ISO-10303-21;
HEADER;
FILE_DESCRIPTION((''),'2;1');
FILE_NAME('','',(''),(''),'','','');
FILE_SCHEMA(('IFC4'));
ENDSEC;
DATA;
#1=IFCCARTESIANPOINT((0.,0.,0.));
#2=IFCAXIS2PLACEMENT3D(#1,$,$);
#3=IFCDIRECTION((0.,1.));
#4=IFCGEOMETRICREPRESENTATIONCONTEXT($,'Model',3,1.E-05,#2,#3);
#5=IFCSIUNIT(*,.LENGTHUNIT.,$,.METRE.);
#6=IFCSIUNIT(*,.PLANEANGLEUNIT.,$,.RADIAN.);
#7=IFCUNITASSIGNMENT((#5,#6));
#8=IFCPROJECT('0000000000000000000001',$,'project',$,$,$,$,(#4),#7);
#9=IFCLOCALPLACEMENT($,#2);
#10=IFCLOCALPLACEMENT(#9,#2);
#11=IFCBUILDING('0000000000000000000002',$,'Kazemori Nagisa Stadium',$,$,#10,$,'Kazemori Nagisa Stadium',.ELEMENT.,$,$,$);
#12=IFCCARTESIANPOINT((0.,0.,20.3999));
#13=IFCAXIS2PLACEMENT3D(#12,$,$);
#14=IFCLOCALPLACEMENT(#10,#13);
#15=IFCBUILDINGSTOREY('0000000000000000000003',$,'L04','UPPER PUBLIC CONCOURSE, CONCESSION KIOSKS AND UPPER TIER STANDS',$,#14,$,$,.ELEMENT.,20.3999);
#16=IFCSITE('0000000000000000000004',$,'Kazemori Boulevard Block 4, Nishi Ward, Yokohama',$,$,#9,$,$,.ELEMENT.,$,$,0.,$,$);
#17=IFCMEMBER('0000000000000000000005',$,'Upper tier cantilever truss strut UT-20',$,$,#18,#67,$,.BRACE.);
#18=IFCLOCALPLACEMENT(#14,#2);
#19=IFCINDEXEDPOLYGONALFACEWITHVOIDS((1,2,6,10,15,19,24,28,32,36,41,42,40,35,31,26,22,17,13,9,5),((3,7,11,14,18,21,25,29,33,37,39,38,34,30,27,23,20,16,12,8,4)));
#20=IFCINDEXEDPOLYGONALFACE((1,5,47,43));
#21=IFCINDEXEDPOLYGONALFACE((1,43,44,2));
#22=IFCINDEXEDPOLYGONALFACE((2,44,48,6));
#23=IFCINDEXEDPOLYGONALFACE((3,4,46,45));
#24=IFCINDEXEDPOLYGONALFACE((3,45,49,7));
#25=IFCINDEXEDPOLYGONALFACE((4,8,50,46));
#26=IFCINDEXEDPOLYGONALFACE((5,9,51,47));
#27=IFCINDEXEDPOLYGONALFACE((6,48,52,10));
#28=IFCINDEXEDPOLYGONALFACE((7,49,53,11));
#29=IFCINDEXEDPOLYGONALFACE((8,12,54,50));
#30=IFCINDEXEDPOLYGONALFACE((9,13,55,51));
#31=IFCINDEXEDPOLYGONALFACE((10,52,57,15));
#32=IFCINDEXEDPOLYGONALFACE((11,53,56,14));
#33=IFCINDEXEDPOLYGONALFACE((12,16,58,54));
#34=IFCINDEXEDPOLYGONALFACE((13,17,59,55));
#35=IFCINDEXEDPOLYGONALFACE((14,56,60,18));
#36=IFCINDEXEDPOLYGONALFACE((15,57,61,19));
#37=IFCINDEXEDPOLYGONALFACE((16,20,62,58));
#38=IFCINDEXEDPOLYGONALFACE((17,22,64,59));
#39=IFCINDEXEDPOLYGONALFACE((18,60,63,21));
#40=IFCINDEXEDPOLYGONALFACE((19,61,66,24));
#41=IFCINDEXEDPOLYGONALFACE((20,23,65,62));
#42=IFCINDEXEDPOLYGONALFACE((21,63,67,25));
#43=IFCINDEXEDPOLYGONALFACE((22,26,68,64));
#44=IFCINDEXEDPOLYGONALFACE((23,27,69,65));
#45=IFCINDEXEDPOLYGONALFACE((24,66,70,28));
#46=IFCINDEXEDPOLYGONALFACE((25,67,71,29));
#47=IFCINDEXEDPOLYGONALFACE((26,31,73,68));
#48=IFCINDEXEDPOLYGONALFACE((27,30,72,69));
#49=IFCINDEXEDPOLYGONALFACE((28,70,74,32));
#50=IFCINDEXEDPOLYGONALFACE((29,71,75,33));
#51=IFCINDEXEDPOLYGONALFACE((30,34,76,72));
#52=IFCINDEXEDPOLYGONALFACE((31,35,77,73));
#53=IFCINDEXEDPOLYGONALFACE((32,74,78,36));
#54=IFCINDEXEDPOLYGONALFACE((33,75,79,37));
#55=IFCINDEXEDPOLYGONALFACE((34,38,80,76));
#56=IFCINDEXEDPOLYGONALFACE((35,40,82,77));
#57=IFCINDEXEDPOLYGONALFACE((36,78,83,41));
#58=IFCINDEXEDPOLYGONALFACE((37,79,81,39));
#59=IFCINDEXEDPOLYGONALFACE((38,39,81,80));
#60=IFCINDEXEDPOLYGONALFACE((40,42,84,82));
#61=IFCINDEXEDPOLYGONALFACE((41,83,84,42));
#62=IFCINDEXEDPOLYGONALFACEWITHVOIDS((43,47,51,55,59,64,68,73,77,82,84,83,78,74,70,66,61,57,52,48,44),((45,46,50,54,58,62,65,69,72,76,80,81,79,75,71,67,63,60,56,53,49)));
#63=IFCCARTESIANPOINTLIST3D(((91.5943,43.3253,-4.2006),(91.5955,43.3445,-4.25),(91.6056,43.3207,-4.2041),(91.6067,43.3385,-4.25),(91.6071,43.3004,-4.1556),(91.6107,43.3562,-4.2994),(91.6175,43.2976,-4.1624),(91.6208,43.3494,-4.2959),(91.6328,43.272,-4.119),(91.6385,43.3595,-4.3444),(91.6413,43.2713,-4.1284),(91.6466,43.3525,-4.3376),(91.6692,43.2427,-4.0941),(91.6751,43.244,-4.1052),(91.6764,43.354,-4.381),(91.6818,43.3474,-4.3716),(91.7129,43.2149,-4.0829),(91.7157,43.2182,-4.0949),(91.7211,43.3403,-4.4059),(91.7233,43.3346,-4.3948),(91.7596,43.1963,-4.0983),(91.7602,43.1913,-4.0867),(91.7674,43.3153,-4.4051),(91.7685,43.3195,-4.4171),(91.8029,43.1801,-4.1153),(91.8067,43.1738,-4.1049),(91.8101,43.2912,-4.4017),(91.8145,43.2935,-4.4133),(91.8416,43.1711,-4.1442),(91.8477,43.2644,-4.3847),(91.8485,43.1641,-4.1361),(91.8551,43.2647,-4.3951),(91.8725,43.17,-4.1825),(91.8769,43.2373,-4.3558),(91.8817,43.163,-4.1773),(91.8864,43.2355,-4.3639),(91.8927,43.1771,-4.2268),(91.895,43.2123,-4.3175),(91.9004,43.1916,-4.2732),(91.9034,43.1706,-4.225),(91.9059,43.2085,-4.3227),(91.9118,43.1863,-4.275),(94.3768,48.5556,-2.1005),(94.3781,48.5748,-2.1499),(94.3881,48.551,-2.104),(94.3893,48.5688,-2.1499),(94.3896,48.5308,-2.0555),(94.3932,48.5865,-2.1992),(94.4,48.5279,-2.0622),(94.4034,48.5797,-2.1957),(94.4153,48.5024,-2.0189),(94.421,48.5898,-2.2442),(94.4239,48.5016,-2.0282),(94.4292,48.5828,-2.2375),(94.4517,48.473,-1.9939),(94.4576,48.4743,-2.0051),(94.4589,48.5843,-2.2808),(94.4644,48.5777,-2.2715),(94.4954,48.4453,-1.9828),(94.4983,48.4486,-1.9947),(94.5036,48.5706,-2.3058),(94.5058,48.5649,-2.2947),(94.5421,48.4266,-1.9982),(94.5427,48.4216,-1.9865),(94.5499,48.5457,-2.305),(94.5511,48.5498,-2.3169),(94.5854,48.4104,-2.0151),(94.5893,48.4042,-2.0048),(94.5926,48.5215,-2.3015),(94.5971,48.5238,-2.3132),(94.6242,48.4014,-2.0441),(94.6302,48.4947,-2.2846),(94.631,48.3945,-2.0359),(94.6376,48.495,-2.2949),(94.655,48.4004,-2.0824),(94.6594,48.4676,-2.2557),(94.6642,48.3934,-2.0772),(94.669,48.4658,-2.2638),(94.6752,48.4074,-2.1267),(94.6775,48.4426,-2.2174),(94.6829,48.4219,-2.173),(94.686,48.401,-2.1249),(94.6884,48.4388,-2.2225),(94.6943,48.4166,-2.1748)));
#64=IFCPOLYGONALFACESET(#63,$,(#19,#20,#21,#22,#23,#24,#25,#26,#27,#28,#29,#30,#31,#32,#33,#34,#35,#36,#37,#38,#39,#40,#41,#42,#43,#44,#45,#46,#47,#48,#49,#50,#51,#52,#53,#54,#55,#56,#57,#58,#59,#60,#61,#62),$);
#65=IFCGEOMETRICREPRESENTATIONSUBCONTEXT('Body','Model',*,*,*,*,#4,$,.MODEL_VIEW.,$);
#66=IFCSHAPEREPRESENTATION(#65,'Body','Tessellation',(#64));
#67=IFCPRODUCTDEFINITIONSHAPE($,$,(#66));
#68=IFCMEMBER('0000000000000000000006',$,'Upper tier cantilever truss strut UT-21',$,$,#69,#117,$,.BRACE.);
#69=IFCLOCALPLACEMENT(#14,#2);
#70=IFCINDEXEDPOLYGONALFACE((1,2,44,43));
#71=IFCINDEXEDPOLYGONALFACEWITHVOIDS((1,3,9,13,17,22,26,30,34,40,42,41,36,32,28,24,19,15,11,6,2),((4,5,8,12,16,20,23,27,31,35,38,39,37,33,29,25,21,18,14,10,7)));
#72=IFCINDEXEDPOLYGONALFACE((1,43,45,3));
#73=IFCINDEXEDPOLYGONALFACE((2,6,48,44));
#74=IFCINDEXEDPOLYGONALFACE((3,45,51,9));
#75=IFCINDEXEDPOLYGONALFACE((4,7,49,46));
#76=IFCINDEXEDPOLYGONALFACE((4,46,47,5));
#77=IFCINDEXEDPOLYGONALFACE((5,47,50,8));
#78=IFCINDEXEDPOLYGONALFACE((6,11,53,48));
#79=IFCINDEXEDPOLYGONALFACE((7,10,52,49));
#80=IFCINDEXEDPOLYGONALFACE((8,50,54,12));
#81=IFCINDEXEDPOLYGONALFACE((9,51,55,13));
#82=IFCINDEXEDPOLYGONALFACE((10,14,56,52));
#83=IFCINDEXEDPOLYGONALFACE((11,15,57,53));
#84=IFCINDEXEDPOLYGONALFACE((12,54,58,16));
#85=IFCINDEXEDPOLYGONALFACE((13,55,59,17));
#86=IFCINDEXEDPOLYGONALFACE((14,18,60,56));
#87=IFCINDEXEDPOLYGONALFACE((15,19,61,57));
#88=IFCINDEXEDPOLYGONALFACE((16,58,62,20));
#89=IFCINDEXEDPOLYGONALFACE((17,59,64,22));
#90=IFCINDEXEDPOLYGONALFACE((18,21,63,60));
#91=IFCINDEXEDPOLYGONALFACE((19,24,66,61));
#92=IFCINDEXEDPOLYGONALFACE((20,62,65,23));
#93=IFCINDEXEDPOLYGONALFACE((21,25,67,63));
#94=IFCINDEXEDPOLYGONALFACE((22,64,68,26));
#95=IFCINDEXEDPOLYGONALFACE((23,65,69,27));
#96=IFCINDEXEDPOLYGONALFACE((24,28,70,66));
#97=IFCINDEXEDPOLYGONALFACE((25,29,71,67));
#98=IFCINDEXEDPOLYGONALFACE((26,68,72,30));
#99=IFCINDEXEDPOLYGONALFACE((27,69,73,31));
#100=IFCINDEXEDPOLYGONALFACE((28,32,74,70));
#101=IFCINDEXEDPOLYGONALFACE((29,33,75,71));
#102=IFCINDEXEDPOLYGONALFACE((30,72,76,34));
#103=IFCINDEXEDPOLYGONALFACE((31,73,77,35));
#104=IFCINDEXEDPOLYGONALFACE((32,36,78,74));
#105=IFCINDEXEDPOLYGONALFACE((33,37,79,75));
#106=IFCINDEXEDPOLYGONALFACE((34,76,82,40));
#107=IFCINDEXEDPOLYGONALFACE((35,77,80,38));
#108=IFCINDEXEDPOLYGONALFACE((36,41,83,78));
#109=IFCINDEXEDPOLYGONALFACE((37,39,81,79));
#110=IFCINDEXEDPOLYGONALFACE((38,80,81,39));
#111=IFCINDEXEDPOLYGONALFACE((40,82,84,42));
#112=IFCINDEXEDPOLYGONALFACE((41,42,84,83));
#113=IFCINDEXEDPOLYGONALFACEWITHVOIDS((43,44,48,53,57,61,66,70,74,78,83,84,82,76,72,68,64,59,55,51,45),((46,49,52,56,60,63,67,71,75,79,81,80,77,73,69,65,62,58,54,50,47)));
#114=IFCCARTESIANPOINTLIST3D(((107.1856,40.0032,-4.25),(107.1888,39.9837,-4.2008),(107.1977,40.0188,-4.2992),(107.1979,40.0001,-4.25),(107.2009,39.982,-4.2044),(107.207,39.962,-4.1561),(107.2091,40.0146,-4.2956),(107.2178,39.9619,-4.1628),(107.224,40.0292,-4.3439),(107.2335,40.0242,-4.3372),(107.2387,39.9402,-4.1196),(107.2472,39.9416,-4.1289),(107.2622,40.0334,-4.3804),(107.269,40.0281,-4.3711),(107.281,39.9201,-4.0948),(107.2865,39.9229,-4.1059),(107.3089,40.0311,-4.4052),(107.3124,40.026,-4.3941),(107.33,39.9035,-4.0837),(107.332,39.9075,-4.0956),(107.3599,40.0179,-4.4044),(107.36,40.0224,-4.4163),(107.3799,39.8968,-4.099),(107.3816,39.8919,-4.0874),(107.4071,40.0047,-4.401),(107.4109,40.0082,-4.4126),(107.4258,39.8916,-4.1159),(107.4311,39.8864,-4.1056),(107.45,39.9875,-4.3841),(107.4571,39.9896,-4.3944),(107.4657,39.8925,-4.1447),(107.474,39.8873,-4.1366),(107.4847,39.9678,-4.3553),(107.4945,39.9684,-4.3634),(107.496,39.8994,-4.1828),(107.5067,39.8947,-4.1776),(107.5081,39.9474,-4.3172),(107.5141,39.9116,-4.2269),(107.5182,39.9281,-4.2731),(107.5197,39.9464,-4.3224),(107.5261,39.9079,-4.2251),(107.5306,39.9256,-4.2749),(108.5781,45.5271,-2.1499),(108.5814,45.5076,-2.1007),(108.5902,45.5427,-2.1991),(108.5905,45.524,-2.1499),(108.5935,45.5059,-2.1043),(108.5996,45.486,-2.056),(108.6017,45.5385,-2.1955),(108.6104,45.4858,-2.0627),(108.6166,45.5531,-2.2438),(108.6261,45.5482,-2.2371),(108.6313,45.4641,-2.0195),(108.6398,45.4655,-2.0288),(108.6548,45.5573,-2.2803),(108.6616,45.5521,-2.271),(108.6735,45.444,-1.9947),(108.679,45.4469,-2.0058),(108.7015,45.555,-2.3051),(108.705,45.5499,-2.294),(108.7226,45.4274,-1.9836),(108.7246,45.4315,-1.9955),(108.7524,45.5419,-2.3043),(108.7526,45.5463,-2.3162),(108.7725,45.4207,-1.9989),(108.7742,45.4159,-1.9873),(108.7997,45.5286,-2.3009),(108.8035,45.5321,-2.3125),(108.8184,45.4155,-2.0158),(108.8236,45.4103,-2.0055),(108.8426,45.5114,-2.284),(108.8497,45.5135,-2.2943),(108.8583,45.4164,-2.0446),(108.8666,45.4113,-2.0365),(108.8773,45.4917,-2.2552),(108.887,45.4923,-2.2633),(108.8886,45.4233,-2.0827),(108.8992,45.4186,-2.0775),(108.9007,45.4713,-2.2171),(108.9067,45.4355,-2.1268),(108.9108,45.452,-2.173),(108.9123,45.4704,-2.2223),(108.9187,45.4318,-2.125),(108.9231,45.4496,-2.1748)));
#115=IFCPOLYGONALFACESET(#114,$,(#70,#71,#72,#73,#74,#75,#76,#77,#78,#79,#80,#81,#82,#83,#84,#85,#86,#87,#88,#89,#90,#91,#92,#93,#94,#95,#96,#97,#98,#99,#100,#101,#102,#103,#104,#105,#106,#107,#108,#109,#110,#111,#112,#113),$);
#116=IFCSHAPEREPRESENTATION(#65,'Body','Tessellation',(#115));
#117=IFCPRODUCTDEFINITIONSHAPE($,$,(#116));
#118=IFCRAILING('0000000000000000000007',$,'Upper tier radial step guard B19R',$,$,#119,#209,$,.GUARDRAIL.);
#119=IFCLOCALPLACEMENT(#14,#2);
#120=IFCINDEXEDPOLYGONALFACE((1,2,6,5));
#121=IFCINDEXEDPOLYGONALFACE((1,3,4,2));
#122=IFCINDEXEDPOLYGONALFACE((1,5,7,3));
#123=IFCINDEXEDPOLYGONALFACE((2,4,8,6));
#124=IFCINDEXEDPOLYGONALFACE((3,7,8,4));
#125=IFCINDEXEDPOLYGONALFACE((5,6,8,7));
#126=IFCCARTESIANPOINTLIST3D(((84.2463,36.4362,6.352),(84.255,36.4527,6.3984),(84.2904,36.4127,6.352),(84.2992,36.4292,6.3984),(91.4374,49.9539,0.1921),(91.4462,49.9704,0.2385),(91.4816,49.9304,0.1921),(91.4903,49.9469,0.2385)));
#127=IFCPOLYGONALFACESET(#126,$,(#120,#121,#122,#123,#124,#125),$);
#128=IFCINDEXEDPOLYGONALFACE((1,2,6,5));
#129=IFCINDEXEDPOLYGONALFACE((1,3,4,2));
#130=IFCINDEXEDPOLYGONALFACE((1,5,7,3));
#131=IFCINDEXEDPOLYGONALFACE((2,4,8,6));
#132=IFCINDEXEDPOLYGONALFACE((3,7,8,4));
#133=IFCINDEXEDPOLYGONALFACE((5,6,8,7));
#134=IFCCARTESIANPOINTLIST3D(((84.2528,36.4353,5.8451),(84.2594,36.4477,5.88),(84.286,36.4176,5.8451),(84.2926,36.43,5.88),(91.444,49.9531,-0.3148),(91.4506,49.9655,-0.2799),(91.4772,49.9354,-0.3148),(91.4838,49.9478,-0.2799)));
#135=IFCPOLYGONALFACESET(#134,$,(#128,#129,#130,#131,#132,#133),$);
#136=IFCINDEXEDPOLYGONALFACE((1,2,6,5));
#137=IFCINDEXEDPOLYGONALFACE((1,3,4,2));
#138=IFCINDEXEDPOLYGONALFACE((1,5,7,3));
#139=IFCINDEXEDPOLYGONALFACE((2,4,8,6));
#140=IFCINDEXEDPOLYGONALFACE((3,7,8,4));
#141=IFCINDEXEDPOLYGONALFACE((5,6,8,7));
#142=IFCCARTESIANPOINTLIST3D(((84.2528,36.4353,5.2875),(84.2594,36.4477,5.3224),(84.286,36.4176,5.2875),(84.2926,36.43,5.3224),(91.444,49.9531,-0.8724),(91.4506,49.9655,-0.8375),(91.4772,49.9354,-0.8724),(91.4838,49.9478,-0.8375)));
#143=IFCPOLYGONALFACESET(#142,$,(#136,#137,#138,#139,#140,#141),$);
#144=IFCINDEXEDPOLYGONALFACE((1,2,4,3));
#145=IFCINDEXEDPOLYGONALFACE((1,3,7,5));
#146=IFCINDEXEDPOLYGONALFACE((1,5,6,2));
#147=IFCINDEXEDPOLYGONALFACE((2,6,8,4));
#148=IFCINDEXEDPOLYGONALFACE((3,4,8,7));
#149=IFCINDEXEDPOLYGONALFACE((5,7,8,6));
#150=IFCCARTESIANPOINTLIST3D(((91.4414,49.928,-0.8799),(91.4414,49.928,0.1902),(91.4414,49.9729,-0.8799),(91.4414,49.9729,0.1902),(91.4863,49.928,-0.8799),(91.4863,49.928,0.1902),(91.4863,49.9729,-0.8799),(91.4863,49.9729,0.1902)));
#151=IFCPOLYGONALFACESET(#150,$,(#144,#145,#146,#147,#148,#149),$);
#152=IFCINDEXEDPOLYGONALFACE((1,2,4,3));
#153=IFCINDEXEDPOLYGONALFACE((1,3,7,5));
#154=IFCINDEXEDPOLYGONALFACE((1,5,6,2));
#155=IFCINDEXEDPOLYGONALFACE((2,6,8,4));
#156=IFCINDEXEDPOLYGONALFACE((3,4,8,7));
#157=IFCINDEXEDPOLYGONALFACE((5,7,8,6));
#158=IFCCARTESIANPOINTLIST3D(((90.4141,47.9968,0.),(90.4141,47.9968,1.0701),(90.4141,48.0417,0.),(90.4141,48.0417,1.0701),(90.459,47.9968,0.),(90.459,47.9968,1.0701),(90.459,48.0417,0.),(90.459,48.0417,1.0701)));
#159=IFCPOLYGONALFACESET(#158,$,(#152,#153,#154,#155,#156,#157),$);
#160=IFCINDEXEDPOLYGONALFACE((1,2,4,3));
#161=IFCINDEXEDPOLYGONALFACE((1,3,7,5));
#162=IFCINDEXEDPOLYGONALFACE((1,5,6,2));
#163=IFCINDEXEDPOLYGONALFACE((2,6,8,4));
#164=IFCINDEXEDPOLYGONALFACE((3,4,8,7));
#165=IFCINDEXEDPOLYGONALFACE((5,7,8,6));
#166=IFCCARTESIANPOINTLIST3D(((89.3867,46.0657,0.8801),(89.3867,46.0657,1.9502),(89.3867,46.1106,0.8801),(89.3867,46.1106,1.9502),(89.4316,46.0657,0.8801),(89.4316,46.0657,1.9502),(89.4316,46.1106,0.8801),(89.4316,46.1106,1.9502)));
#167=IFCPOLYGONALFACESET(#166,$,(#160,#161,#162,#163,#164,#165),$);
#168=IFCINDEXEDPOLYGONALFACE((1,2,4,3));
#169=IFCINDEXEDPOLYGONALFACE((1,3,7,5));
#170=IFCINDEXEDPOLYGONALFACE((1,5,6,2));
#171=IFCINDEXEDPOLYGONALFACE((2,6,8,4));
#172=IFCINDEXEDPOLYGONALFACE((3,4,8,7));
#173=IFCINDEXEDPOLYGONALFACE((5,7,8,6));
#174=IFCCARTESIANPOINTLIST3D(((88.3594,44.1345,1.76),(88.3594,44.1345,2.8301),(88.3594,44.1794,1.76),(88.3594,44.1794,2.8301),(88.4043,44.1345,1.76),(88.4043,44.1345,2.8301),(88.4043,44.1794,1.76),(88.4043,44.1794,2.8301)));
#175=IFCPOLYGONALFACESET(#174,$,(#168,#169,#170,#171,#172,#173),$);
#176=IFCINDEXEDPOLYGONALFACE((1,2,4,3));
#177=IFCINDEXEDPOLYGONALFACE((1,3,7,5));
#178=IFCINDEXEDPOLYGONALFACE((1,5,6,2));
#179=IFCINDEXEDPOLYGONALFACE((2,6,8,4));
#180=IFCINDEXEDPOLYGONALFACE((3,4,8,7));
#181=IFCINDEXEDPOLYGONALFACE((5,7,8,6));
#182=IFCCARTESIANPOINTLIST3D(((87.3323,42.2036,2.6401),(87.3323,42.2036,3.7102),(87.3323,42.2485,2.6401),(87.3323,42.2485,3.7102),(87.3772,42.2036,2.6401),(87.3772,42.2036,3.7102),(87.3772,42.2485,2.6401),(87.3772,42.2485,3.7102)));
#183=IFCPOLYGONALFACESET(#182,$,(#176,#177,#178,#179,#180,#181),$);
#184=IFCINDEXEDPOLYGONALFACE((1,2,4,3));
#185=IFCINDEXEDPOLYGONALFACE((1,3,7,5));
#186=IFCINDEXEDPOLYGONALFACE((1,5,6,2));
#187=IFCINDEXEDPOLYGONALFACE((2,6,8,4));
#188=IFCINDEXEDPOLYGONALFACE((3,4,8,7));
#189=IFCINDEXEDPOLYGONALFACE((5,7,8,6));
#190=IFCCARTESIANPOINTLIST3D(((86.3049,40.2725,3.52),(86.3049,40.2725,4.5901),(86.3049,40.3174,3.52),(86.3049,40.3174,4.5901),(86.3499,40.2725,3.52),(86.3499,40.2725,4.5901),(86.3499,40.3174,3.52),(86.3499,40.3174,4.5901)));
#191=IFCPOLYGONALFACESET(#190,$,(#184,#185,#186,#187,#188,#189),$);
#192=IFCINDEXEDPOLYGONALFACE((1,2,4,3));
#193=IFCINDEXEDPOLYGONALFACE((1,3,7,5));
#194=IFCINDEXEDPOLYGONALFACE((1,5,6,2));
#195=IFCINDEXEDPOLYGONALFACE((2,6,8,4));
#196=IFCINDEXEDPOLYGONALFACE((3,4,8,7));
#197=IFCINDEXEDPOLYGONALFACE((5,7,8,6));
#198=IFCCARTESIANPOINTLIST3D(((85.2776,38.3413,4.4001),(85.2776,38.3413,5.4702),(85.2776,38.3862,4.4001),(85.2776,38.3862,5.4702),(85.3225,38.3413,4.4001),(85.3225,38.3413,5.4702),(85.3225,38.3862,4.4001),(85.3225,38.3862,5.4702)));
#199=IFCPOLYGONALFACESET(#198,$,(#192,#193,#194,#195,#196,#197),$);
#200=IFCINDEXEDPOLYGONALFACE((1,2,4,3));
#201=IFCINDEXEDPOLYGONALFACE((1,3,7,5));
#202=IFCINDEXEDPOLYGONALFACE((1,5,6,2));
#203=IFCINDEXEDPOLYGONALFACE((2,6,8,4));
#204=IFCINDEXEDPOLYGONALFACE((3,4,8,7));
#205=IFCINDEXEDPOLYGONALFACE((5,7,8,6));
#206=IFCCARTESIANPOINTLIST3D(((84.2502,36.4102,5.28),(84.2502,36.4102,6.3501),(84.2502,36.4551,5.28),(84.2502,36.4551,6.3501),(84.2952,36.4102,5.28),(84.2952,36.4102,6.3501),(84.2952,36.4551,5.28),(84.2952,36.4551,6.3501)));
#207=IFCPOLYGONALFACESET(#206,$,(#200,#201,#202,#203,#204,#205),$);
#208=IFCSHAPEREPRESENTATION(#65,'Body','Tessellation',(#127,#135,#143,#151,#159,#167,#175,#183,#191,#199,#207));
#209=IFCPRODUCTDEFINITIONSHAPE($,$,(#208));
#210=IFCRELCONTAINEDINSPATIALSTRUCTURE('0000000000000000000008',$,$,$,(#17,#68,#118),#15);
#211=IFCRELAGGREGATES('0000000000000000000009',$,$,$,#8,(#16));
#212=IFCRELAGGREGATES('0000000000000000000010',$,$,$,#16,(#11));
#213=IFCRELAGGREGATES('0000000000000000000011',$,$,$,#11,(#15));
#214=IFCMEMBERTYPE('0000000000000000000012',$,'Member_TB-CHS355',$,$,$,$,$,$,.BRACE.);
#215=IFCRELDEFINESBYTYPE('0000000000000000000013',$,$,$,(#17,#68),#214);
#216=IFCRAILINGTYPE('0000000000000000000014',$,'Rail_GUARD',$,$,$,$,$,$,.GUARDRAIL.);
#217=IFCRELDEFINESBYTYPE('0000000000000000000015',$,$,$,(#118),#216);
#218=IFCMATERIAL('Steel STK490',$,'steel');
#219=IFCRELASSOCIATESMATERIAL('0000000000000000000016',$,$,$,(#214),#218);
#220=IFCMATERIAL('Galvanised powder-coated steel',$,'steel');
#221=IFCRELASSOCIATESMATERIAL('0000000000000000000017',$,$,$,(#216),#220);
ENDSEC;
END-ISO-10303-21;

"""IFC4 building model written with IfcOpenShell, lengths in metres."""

from ifc_helpers import new_model, si_unit, direction, frame, origin, origin_2d, place, context, subcontext, project, spatial, rectangle, hollow_circle, extrude, material, material_profile, profile_set, type_object, element, save


model = new_model("IFC4")

# Units and contexts
model_context = context("Model", 3, precision=1e-05, world=origin(), true_north=direction((0.0, 1.0)))
body_context = subcontext(model_context, "Body", "Model", "MODEL_VIEW")
ifc_project = project(units=[si_unit("LENGTHUNIT", "METRE"), si_unit("PLANEANGLEUNIT", "RADIAN")], contexts=[model_context])

# Site, building, storey
site_placement = place(None, origin())
site = spatial("IfcSite", under=ifc_project, at=site_placement, Name="Kazemori Boulevard Block 4, Nishi Ward, Yokohama", CompositionType="ELEMENT", RefElevation=0.0)
building_placement = place(site_placement, origin())
building = spatial("IfcBuilding", under=site, at=building_placement, Name="Kazemori Nagisa Stadium", LongName="Kazemori Nagisa Stadium", CompositionType="ELEMENT")
storey_placement = place(building_placement, frame((0.0, 0.0, 20.3999)))
storey = spatial("IfcBuildingStorey", under=building, at=storey_placement, Name="L04", Description="UPPER PUBLIC CONCOURSE, CONCESSION KIOSKS AND UPPER TIER STANDS", CompositionType="ELEMENT", Elevation=20.3999)

# Members
ifc_material_1 = material(Name="Steel STK490", Category="steel")
ifc_material_profile_1 = material_profile(ifc_material_1, hollow_circle(Radius=0.1777, WallThickness=0.0127, at=origin_2d()), Name="CHS-355.6x12.7")
ifc_profile_set_1 = profile_set([ifc_material_profile_1], Name="Steel STK490")
member_type = type_object("IfcMemberType", Name="Member_TB-CHS355", PredefinedType="BRACE", material=ifc_profile_set_1)
member_1_placement = place(storey_placement, frame((91.7524, 43.261, -4.25), z_axis=(0.442679, 0.832106, 0.334117), x_axis=(-0.882842, 0.46967, 0.0)))
element("IfcMember", 1, at=member_1_placement, inside=storey, type_object=member_type, Name="Upper tier cantilever truss strut UT-20", PredefinedType="BRACE", context=body_context, shape_type="SweptSolid", body=[
    extrude(hollow_circle(Radius=0.1777, WallThickness=0.0127, at=origin_2d()), origin(), (0.0, 0.0, 1.0), 6.2856),
])
member_2_placement = place(storey_placement, frame((107.3579, 39.9597, -4.25), z_axis=(0.229362, 0.909808, 0.345893), x_axis=(-0.969662, 0.244451, 0.0)))
element("IfcMember", 2, at=member_2_placement, inside=storey, type_object=member_type, Name="Upper tier cantilever truss strut UT-21", PredefinedType="BRACE", context=body_context, shape_type="SweptSolid", body=[
    extrude(hollow_circle(Radius=0.1777, WallThickness=0.0127, at=origin_2d()), origin(), (0.0, 0.0, 1.0), 6.0715),
])

# Railing
ifc_material_2 = material(Name="Galvanised powder-coated steel", Category="steel")
railing_type = type_object("IfcRailingType", Name="Rail_GUARD", PredefinedType="GUARDRAIL", material=ifc_material_2)
railing_1_placement = place(storey_placement, frame((91.4639, 49.9504, -0.8799)))
element("IfcRailing", 3, at=railing_1_placement, inside=storey, type_object=railing_type, Name="Upper tier radial step guard B19R", PredefinedType="GUARDRAIL", context=body_context, shape_type="SweptSolid", body=[
    extrude(rectangle(XDim=0.05, YDim=0.05, at=origin_2d()), frame((0.0, 0.0, 1.0952), z_axis=(-0.435717, -0.819053, 0.373233), x_axis=(0.88285, -0.469655, 0.0)), (0.0, 0.0, 1.0), 16.5042),
    extrude(rectangle(XDim=0.0376, YDim=0.0376, at=origin_2d()), frame((0.0, 0.0, 0.5825), z_axis=(-0.435717, -0.819053, 0.373233), x_axis=(0.88285, -0.469655, 0.0)), (0.0, 0.0, 1.0), 16.5042),
    extrude(rectangle(XDim=0.0376, YDim=0.0376, at=origin_2d()), frame((0.0, 0.0, 0.0249), z_axis=(-0.435717, -0.819053, 0.373233), x_axis=(0.88285, -0.469655, 0.0)), (0.0, 0.0, 1.0), 16.5042),
    extrude(rectangle(XDim=0.0449, YDim=0.0449, at=origin_2d()), origin(), (0.0, 0.0, 1.0), 1.0701),
    extrude(rectangle(XDim=0.0449, YDim=0.0449, at=origin_2d()), frame((-1.0273, -1.9312, 0.8799)), (0.0, 0.0, 1.0), 1.0701),
    extrude(rectangle(XDim=0.0449, YDim=0.0449, at=origin_2d()), frame((-2.0547, -3.8623, 1.76)), (0.0, 0.0, 1.0), 1.0701),
    extrude(rectangle(XDim=0.0449, YDim=0.0449, at=origin_2d()), frame((-3.082, -5.7935, 2.6399)), (0.0, 0.0, 1.0), 1.0701),
    extrude(rectangle(XDim=0.0449, YDim=0.0449, at=origin_2d()), frame((-4.1091, -7.7244, 3.52)), (0.0, 0.0, 1.0), 1.0701),
    extrude(rectangle(XDim=0.0449, YDim=0.0449, at=origin_2d()), frame((-5.1365, -9.6555, 4.3999)), (0.0, 0.0, 1.0), 1.0701),
    extrude(rectangle(XDim=0.0449, YDim=0.0449, at=origin_2d()), frame((-6.1638, -11.5867, 5.28)), (0.0, 0.0, 1.0), 1.0701),
    extrude(rectangle(XDim=0.0449, YDim=0.0449, at=origin_2d()), frame((-7.1912, -13.5178, 6.1599)), (0.0, 0.0, 1.0), 1.0701),
])

save(model, "model.ifc")
